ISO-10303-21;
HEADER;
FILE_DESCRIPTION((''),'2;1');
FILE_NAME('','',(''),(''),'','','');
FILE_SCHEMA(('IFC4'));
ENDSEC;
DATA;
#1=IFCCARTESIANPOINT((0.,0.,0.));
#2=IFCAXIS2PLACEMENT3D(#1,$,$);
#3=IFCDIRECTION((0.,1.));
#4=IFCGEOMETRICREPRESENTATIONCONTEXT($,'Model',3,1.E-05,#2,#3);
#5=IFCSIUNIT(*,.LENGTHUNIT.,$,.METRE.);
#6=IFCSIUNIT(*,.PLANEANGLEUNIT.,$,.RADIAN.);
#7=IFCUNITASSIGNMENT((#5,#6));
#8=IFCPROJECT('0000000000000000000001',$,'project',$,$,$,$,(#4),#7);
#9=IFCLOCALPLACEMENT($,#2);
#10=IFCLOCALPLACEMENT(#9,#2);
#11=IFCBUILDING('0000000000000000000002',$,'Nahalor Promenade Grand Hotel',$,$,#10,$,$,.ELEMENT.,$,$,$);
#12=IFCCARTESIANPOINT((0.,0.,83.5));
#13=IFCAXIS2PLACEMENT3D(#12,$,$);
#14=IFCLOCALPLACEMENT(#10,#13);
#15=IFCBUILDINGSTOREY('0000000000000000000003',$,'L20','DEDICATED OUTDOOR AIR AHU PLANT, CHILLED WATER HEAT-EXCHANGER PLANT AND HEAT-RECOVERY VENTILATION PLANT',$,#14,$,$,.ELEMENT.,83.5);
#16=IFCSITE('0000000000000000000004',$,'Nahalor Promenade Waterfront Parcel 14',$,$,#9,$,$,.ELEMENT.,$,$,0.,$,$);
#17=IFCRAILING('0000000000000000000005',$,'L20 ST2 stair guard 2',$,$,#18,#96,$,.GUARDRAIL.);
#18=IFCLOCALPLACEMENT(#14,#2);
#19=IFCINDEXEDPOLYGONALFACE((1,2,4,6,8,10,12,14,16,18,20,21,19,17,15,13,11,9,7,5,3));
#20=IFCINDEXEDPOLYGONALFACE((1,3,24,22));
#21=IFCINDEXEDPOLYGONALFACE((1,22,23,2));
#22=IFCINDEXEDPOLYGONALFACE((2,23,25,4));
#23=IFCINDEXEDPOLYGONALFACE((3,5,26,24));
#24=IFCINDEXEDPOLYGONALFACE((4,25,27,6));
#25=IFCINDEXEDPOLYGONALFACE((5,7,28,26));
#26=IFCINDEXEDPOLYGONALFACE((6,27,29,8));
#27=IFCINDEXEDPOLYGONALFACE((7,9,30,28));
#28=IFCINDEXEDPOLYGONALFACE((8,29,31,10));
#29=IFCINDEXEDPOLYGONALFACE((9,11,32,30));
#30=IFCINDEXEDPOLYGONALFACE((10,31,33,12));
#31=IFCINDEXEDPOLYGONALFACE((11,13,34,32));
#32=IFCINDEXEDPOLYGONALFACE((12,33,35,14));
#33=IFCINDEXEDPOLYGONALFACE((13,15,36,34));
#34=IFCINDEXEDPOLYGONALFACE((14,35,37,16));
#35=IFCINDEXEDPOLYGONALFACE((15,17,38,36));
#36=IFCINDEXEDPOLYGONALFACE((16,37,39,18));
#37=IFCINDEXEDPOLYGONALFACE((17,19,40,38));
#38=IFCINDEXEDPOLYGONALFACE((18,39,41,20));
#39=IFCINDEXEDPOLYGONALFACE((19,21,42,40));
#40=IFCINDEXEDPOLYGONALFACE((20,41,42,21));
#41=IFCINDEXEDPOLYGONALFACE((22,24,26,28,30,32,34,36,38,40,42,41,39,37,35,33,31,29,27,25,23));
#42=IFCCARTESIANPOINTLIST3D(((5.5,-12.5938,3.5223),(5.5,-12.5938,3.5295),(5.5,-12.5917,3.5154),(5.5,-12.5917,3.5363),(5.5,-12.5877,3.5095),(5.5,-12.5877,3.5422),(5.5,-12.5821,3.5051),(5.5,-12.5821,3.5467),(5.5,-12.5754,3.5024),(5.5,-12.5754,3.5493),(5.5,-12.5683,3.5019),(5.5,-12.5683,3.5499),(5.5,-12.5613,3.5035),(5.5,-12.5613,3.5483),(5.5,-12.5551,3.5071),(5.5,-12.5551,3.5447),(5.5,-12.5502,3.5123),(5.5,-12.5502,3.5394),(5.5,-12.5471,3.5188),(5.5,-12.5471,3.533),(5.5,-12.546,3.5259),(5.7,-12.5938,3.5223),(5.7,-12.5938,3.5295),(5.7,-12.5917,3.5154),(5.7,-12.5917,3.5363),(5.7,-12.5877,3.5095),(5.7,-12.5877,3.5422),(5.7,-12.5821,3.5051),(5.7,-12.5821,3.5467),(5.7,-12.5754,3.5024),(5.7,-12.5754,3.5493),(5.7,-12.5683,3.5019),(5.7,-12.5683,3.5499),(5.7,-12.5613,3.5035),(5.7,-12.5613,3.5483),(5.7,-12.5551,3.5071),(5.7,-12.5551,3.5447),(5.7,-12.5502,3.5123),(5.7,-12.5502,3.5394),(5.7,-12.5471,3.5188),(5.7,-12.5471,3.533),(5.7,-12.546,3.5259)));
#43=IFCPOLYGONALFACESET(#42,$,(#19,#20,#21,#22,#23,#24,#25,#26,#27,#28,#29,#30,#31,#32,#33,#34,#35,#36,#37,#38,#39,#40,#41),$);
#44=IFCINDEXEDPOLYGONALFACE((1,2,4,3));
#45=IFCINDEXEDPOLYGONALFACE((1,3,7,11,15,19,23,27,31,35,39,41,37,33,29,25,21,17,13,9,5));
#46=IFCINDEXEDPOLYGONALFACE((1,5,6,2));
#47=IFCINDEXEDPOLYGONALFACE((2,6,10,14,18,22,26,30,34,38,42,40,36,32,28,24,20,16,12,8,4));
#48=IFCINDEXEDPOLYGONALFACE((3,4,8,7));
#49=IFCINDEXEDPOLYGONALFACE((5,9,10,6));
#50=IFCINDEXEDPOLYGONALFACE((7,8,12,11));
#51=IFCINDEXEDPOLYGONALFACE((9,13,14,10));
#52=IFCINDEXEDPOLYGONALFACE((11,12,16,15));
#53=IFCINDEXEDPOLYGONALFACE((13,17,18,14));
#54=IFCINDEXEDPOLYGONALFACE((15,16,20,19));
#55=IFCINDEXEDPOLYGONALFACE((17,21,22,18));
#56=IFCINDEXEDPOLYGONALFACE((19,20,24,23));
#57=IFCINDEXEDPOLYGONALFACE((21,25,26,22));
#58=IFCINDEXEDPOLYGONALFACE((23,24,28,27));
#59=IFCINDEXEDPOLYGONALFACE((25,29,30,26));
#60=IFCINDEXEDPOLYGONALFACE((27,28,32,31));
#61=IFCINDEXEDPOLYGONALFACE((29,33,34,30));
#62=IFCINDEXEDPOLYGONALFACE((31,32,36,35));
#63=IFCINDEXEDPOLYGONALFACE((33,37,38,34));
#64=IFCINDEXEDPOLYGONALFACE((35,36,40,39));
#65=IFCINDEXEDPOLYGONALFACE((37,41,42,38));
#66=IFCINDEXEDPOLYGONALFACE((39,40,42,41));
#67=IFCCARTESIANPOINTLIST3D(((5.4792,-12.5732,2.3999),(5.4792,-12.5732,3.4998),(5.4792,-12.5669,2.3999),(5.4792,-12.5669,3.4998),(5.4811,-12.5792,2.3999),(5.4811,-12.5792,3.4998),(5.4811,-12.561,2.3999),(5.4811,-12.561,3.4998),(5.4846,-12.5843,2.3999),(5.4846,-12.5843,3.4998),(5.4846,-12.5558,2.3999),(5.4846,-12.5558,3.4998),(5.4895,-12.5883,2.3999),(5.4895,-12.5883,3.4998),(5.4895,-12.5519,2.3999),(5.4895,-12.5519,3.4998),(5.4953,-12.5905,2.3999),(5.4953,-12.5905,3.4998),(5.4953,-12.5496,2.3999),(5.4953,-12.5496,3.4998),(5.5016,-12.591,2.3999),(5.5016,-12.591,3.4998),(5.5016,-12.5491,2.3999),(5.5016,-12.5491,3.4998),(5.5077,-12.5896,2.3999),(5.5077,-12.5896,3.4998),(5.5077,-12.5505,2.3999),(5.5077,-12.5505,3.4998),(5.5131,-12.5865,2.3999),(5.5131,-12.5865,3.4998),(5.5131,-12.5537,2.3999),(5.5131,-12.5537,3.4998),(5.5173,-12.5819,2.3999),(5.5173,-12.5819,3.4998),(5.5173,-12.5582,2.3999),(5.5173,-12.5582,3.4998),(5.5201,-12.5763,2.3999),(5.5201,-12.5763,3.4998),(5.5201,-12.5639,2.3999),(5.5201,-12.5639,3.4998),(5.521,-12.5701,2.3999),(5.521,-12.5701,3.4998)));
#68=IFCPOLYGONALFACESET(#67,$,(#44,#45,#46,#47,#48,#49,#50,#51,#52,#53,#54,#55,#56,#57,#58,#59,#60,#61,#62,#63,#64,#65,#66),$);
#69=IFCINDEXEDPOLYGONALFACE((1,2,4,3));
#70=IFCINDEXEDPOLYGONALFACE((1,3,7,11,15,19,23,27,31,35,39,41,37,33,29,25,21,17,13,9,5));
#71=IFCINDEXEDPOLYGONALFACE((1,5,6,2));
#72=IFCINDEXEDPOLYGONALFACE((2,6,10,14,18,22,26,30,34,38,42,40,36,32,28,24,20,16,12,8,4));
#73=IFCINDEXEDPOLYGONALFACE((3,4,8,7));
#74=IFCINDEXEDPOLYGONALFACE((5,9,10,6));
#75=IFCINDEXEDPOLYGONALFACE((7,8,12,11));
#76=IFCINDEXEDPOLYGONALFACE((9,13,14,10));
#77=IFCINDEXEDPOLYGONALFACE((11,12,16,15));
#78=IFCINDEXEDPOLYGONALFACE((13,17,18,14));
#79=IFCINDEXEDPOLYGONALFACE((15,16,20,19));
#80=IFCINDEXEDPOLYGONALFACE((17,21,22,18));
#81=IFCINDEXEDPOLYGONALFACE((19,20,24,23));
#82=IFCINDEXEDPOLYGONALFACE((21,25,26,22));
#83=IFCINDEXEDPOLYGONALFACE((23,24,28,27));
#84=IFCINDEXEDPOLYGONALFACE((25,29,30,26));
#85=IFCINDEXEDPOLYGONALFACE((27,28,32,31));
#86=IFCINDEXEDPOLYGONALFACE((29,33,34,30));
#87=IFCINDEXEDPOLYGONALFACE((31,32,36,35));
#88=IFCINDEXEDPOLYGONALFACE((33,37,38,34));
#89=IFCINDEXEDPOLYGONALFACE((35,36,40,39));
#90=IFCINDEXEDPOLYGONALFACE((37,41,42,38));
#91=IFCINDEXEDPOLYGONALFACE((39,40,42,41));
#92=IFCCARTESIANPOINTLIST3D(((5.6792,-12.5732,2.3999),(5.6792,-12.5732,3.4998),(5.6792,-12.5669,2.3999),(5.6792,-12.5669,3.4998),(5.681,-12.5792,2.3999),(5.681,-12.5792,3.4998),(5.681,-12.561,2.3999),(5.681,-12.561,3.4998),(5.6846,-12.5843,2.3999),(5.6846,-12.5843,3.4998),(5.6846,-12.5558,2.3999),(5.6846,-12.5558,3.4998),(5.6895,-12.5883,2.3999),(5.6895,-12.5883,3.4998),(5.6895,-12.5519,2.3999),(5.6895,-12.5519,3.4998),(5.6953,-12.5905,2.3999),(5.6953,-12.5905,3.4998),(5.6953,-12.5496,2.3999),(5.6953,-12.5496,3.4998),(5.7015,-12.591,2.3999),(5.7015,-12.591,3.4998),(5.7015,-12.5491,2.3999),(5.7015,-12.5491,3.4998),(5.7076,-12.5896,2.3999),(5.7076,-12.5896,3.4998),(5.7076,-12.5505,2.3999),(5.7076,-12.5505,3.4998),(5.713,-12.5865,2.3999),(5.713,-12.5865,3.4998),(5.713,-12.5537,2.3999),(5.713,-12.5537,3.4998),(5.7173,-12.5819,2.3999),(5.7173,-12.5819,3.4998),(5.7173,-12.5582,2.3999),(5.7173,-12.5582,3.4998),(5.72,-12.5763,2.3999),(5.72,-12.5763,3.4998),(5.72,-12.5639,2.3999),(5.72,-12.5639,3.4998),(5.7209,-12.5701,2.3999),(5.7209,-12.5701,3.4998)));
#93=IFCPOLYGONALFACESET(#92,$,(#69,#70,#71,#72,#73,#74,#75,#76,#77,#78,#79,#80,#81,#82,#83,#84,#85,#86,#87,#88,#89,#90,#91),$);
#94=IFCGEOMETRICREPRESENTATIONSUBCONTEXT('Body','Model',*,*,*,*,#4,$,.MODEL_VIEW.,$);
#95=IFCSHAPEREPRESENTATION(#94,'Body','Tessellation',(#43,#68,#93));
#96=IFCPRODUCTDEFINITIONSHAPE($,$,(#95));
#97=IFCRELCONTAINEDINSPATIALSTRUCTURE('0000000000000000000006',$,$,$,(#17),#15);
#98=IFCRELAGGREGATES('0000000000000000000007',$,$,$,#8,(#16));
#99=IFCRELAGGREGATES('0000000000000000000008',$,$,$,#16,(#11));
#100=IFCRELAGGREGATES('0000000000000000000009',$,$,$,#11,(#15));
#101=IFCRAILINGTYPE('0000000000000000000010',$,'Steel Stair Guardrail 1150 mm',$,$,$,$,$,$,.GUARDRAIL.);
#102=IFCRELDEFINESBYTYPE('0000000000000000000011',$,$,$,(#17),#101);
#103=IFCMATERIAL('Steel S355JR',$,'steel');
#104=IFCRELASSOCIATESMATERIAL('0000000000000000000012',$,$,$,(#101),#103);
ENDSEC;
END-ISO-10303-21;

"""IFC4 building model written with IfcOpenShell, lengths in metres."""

from ifc_helpers import new_model, si_unit, direction, frame, origin, origin_2d, place, context, subcontext, project, spatial, circle, extrude, material, type_object, element, save


model = new_model("IFC4")

# Units and contexts
model_context = context("Model", 3, precision=1e-05, world=origin(), true_north=direction((0.0, 1.0)))
body_context = subcontext(model_context, "Body", "Model", "MODEL_VIEW")
ifc_project = project(units=[si_unit("LENGTHUNIT", "METRE"), si_unit("PLANEANGLEUNIT", "RADIAN")], contexts=[model_context])

# Site, building, storey
site_placement = place(None, origin())
site = spatial("IfcSite", under=ifc_project, at=site_placement, Name="Nahalor Promenade Waterfront Parcel 14", CompositionType="ELEMENT", RefElevation=0.0)
building_placement = place(site_placement, origin())
building = spatial("IfcBuilding", under=site, at=building_placement, Name="Nahalor Promenade Grand Hotel", CompositionType="ELEMENT")
storey_placement = place(building_placement, frame((0.0, 0.0, 83.5)))
storey = spatial("IfcBuildingStorey", under=building, at=storey_placement, Name="L20", Description="DEDICATED OUTDOOR AIR AHU PLANT, CHILLED WATER HEAT-EXCHANGER PLANT AND HEAT-RECOVERY VENTILATION PLANT", CompositionType="ELEMENT", Elevation=83.5)

# Shared definitions
ifc_material_1 = material(Name="Steel S355JR", Category="steel")

# Railing
railing_type_1 = type_object("IfcRailingType", Name="Steel Stair Guardrail 1150 mm", PredefinedType="GUARDRAIL", material=ifc_material_1)
railing_1_placement = place(storey_placement, frame((5.5, -12.5701, 2.3999)))
element("IfcRailing", 1, at=railing_1_placement, inside=storey, type_object=railing_type_1, Name="L20 ST2 stair guard 2", PredefinedType="GUARDRAIL", context=body_context, shape_type="SweptSolid", body=[
    extrude(circle(Radius=0.024, at=origin_2d()), frame((0.0, 0.0, 1.126), z_axis=(1.0, 0.0, 0.0), x_axis=(0.0, 1.0, 0.0)), (0.0, 0.0, 1.0), 0.2),
    extrude(circle(Radius=0.021, at=origin_2d()), origin(), (0.0, 0.0, 1.0), 1.0999),
    extrude(circle(Radius=0.021, at=origin_2d()), frame((0.2, 0.0, 0.0)), (0.0, 0.0, 1.0), 1.0999),
])

save(model, "model.ifc")
